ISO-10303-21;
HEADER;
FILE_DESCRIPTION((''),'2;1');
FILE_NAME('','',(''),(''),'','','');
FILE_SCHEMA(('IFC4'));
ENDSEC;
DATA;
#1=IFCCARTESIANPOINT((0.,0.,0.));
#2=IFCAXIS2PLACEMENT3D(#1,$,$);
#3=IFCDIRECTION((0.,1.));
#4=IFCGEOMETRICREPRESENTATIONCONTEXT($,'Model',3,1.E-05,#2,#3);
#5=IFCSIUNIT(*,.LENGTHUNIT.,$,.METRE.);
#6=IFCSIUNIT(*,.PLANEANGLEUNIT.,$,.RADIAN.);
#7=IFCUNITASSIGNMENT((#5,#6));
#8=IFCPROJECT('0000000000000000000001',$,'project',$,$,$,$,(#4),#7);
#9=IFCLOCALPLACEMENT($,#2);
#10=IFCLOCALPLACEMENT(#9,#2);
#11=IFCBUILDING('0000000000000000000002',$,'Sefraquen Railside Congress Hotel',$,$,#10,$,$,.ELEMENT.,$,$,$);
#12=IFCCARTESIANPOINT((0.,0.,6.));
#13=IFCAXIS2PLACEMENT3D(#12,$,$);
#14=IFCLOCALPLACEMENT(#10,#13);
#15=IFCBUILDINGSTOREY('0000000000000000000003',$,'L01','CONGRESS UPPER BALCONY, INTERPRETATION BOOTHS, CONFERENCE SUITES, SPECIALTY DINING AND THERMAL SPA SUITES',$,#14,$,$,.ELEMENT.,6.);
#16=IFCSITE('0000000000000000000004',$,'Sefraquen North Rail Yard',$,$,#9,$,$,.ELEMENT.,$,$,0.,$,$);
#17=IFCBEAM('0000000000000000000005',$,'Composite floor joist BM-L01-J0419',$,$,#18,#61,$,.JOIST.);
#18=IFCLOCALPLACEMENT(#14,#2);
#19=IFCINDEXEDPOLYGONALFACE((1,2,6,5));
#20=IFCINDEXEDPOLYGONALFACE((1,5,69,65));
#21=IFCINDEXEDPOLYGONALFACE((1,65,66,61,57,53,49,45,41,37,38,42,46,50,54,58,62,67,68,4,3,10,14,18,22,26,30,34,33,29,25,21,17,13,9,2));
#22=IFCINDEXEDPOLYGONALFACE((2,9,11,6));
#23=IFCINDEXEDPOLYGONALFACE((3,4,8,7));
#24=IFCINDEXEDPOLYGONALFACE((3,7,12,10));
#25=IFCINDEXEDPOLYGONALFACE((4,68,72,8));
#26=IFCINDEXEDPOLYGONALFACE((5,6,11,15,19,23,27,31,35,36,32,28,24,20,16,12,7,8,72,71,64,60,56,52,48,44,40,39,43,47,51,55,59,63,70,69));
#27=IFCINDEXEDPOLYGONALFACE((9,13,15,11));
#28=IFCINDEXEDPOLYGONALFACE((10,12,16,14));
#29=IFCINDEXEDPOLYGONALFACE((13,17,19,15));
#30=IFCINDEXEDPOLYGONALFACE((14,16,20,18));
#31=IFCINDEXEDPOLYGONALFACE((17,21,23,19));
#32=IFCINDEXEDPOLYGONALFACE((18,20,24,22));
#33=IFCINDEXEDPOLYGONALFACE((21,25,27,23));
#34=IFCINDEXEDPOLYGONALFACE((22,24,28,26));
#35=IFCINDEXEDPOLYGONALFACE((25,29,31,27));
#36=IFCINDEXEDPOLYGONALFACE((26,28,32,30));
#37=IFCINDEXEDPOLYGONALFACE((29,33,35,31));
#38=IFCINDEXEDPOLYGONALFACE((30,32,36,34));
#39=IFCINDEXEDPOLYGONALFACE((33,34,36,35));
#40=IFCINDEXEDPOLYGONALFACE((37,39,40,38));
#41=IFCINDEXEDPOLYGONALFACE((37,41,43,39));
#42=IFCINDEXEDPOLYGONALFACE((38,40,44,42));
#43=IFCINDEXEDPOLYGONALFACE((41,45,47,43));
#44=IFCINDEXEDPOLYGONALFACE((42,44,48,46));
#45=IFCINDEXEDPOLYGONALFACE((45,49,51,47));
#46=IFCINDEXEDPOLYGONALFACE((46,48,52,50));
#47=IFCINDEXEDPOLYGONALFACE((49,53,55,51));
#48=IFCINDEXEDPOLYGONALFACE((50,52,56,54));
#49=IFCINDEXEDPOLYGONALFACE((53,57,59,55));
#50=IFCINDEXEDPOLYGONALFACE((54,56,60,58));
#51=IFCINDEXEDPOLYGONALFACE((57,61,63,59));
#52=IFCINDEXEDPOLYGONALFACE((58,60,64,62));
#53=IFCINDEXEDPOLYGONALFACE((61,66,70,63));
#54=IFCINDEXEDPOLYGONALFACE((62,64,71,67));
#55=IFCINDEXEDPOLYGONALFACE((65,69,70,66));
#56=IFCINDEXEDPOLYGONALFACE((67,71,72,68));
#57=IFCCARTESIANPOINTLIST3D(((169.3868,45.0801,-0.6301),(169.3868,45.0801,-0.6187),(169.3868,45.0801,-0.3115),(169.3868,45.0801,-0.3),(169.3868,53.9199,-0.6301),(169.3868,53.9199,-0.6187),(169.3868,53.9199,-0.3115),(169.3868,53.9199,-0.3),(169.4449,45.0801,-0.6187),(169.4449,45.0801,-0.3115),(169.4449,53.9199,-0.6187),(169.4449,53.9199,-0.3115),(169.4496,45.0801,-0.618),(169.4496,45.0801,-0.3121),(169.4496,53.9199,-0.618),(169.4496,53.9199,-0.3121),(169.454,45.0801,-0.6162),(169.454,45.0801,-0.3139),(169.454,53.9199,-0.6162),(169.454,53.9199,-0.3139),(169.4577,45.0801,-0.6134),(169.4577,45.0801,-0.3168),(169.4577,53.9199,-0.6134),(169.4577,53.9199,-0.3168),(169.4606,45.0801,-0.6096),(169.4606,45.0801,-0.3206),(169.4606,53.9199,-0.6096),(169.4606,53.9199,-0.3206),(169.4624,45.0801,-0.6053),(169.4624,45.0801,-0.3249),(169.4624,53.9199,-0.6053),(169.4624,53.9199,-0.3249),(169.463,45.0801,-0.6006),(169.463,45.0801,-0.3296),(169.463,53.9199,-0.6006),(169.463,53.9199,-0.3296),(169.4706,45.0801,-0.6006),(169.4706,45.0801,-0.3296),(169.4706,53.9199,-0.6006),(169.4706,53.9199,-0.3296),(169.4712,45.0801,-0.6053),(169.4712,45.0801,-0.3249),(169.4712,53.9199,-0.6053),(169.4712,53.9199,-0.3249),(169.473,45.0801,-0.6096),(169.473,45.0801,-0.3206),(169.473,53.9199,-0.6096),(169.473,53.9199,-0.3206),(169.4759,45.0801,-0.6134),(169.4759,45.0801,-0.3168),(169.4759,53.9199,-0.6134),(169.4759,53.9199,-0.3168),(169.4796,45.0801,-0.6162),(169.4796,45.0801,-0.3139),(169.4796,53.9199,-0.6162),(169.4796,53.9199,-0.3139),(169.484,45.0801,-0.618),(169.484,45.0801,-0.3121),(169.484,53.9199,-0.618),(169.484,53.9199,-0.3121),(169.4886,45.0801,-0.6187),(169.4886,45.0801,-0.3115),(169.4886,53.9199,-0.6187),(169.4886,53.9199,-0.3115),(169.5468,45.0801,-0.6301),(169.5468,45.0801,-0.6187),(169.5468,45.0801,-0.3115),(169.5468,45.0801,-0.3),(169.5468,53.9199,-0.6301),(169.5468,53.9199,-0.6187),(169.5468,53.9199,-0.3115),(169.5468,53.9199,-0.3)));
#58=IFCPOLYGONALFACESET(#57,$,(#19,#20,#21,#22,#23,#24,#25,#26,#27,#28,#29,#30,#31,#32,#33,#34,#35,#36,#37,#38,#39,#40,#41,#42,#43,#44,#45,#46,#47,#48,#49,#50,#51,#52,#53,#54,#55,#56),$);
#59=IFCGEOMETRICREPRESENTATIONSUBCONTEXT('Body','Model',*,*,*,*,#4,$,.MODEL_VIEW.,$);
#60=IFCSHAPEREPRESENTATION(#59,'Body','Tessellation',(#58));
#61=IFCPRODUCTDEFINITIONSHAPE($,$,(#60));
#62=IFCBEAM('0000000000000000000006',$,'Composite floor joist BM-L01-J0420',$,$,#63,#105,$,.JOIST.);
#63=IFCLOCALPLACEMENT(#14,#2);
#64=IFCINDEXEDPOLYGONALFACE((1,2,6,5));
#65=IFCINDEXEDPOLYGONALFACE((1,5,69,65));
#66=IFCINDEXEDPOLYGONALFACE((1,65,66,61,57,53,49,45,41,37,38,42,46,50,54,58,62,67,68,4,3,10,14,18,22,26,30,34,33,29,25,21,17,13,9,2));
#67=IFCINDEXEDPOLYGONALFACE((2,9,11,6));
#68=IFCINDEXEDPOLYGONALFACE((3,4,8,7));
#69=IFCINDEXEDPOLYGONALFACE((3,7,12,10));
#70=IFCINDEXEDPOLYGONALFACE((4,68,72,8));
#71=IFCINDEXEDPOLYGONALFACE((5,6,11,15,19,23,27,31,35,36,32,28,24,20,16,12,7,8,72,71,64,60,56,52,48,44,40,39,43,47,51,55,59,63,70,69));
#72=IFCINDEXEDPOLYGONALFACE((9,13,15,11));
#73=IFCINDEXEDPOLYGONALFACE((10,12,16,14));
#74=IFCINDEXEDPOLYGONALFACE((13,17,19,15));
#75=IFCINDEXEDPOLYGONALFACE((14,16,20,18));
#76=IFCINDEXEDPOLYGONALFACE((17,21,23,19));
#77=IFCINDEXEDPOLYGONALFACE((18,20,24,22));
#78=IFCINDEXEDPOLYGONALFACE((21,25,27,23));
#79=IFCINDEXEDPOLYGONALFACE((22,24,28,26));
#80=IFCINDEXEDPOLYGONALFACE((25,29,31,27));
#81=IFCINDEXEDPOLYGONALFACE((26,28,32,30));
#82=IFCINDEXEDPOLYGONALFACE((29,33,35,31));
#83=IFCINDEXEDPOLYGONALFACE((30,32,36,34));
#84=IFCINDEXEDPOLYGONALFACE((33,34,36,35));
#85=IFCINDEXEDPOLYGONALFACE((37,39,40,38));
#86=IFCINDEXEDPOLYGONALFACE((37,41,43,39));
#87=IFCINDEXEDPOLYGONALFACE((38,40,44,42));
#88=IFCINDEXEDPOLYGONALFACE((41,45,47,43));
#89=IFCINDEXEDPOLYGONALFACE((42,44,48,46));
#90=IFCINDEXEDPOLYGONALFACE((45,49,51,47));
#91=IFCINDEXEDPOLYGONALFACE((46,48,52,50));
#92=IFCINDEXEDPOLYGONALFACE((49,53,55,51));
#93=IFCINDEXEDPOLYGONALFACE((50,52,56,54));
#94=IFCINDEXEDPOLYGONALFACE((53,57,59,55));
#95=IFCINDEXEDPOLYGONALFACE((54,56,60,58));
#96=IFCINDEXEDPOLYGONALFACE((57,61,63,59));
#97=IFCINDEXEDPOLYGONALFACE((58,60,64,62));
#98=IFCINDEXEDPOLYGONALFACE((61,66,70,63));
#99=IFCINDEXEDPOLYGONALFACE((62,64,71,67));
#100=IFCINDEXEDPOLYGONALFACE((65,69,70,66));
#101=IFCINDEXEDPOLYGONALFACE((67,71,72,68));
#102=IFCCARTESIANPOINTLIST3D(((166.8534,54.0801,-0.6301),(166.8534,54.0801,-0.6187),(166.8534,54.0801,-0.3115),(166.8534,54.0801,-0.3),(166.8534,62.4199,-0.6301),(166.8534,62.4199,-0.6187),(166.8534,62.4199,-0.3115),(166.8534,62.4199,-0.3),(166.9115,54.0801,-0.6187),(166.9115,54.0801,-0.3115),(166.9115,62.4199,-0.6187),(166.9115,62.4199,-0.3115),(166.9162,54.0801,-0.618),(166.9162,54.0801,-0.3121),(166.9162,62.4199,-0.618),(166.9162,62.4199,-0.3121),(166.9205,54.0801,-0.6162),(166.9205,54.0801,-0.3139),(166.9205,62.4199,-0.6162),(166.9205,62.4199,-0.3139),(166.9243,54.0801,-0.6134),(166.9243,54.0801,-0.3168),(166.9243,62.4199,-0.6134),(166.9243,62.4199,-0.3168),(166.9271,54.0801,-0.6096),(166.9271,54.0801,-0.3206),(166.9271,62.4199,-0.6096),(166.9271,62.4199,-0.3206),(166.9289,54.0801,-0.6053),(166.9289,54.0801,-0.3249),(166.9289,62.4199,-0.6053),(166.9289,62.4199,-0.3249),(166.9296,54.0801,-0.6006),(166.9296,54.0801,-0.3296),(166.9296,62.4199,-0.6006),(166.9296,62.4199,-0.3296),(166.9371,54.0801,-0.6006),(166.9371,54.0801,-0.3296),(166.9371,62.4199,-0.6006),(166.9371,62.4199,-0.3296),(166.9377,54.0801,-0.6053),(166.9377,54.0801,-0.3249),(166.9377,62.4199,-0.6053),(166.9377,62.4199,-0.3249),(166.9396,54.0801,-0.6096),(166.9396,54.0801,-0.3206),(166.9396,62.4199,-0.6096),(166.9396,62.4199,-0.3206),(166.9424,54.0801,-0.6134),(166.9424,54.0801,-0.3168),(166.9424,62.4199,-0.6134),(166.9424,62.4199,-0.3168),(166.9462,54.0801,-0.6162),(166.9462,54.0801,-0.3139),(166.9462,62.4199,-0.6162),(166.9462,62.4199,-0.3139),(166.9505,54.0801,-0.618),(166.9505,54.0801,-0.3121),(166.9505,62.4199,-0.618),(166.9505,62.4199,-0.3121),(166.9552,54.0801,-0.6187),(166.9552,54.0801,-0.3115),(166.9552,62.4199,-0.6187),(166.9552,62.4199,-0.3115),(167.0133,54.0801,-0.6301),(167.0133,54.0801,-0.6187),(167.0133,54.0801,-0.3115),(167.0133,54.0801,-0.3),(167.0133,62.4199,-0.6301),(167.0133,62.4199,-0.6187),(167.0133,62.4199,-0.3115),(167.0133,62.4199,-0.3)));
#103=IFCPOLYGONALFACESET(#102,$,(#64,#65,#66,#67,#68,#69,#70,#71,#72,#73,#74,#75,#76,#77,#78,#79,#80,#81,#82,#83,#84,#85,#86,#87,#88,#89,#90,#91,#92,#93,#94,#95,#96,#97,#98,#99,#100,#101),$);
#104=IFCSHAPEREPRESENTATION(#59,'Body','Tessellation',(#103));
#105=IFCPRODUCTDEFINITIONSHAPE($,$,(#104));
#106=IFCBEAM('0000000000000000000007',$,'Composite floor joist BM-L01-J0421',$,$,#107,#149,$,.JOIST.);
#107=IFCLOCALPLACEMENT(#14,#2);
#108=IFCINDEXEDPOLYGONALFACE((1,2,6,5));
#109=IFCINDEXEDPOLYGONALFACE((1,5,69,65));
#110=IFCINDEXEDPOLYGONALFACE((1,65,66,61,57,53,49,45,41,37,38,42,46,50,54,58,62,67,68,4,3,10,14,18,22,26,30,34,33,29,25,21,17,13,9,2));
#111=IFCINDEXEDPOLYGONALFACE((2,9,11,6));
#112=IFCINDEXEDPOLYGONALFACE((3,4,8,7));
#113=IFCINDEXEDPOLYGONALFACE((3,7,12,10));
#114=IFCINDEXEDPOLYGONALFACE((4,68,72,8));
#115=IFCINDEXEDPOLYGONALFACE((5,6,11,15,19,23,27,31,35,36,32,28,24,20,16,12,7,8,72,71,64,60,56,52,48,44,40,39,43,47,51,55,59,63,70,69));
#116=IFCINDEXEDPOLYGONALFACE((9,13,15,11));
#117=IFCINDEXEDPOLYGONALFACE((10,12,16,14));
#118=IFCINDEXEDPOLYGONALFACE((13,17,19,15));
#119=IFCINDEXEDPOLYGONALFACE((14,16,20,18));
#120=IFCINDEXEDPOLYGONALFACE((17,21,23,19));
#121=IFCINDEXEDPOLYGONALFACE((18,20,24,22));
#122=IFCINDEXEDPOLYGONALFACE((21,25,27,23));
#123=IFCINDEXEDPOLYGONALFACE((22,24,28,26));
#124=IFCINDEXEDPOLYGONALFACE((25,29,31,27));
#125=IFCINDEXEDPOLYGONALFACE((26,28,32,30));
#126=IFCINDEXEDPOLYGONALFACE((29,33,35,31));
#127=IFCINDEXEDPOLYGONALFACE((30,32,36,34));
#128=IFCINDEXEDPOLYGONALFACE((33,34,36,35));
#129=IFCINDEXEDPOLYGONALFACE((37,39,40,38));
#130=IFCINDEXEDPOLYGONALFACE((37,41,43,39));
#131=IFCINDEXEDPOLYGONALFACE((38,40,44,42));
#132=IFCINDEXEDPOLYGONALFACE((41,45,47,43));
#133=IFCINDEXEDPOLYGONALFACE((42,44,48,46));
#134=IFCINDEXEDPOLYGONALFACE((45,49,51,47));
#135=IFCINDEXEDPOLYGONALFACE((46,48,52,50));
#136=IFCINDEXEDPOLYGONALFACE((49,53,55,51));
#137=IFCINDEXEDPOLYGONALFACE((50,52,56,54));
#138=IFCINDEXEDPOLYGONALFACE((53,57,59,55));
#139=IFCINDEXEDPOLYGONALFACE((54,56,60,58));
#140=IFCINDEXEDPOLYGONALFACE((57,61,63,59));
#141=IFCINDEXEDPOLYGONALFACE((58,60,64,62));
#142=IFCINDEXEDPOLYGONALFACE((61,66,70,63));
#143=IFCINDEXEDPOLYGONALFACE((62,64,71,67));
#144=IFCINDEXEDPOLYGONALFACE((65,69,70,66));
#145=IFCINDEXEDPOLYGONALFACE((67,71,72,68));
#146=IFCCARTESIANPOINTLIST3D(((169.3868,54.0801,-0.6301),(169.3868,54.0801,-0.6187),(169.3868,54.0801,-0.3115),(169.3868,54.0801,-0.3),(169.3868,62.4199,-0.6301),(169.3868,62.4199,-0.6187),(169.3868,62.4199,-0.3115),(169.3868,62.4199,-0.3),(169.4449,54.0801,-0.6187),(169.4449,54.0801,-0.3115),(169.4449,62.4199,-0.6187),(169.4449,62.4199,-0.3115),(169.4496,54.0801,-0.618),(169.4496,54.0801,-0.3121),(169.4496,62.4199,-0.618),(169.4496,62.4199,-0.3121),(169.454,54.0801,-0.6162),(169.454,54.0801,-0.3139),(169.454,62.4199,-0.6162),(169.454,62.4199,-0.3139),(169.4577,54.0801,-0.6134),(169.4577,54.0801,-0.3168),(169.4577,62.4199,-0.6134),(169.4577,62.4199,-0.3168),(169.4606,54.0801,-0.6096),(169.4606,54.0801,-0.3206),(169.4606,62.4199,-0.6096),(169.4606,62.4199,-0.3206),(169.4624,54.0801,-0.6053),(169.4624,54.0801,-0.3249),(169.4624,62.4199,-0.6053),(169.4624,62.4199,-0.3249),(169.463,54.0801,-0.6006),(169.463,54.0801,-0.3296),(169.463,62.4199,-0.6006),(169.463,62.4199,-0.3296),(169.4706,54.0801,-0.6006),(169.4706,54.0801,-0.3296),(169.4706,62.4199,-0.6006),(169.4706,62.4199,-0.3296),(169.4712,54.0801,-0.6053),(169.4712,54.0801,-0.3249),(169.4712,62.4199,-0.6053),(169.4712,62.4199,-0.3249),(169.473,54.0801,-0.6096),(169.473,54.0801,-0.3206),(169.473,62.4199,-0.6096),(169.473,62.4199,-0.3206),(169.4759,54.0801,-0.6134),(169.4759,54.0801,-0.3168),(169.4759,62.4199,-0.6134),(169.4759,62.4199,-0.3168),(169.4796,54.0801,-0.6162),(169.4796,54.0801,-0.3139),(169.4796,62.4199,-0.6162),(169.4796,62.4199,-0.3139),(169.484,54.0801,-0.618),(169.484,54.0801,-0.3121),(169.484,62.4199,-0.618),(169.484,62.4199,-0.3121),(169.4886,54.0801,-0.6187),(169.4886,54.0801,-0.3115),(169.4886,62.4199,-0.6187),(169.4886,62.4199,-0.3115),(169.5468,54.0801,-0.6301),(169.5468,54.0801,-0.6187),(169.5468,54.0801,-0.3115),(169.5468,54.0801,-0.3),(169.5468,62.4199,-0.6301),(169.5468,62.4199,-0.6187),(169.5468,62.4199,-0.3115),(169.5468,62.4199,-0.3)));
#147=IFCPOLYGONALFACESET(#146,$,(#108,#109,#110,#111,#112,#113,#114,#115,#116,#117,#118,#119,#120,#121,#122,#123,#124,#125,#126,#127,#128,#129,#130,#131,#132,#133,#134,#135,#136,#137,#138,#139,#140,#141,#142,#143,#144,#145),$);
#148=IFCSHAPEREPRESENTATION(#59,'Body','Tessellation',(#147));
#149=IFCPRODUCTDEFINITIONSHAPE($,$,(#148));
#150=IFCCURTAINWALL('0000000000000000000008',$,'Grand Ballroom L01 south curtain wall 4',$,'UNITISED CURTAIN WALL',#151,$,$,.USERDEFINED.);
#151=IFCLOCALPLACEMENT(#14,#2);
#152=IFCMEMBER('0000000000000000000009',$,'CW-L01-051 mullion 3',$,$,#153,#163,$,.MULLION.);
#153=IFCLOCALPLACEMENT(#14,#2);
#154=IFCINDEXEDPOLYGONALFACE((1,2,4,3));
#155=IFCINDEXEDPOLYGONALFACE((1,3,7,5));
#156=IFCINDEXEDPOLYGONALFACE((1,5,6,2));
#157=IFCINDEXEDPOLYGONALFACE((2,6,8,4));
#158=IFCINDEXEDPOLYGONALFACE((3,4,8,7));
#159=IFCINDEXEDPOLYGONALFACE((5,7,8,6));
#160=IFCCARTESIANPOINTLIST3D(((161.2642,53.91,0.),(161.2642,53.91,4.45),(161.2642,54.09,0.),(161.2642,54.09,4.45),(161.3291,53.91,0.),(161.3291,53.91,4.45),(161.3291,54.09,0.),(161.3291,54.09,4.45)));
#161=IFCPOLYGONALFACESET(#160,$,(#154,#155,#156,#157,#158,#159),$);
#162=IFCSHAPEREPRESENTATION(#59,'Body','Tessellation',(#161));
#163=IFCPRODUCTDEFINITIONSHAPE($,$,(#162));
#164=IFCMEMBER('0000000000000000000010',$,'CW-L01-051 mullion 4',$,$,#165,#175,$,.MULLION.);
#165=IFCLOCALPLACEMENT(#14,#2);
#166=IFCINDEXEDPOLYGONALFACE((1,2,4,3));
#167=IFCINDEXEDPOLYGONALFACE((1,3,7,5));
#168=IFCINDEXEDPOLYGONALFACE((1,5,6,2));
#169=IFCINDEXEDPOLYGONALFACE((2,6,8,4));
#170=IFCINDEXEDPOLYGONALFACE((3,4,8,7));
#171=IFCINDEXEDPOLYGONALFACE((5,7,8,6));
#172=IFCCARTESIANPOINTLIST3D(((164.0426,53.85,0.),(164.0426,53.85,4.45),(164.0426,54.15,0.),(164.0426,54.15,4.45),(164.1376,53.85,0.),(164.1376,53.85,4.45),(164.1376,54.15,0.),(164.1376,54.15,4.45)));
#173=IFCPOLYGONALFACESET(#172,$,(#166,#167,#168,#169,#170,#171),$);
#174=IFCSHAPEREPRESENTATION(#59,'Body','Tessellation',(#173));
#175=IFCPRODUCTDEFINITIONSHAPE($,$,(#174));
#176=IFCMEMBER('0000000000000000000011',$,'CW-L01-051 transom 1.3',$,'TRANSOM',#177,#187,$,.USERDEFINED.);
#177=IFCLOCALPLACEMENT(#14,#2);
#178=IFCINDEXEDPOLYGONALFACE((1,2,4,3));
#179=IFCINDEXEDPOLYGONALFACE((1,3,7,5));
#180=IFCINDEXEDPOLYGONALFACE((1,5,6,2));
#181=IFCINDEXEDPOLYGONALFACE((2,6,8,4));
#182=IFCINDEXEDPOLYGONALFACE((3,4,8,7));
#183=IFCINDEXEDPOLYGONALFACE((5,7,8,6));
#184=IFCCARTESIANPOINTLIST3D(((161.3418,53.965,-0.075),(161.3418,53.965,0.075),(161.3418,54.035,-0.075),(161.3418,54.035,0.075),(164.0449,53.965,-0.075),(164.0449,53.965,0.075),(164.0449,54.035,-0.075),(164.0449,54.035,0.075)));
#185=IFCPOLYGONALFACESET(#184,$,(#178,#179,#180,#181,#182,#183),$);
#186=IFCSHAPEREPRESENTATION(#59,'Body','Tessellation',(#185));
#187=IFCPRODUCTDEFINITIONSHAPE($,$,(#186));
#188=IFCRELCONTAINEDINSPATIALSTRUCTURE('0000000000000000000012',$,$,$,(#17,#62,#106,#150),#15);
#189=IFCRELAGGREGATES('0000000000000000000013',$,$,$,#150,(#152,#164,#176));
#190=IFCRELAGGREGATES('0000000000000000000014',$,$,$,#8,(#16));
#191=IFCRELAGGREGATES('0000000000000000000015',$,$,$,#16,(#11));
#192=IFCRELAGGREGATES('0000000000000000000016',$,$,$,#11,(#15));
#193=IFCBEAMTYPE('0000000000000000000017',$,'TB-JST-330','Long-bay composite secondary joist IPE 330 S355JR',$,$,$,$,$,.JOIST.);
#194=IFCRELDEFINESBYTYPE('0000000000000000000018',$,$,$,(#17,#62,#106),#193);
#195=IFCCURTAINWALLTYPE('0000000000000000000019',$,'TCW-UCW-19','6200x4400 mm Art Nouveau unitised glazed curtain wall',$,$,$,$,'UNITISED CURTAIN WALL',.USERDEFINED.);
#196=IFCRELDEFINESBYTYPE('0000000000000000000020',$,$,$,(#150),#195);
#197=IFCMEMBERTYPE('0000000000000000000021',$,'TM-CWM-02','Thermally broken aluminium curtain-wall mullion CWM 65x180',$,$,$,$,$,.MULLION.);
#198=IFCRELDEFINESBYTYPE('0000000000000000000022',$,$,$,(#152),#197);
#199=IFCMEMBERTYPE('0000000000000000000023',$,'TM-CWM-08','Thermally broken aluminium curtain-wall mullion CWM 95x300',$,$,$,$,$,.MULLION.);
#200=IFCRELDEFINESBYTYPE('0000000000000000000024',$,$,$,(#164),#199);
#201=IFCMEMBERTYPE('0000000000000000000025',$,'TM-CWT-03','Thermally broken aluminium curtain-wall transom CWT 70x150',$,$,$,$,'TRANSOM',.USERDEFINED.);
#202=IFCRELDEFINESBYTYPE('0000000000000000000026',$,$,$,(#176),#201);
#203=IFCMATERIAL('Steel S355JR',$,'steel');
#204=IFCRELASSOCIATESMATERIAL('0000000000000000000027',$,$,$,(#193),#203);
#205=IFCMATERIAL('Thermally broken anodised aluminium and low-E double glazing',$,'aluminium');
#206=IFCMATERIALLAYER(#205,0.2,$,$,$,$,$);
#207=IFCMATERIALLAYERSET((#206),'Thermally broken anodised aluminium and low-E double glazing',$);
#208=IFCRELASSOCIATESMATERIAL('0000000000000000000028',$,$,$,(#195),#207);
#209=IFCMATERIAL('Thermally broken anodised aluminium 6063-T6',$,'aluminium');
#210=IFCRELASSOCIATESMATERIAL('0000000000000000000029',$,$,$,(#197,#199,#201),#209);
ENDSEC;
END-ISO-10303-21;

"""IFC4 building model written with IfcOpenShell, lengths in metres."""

from ifc_helpers import new_model, si_unit, direction, frame, origin, origin_2d, place, context, subcontext, project, spatial, rectangle, i_section, extrude, material, layer, layer_set, material_profile, profile_set, type_object, element, aggregate, save


model = new_model("IFC4")

# Units and contexts
model_context = context("Model", 3, precision=1e-05, world=origin(), true_north=direction((0.0, 1.0)))
body_context = subcontext(model_context, "Body", "Model", "MODEL_VIEW")
ifc_project = project(units=[si_unit("LENGTHUNIT", "METRE"), si_unit("PLANEANGLEUNIT", "RADIAN")], contexts=[model_context])

# Site, building, storey
site_placement = place(None, origin())
site = spatial("IfcSite", under=ifc_project, at=site_placement, Name="Sefraquen North Rail Yard", CompositionType="ELEMENT", RefElevation=0.0)
building_placement = place(site_placement, origin())
building = spatial("IfcBuilding", under=site, at=building_placement, Name="Sefraquen Railside Congress Hotel", CompositionType="ELEMENT")
storey_placement = place(building_placement, frame((0.0, 0.0, 6.0)))
storey = spatial("IfcBuildingStorey", under=building, at=storey_placement, Name="L01", Description="CONGRESS UPPER BALCONY, INTERPRETATION BOOTHS, CONFERENCE SUITES, SPECIALTY DINING AND THERMAL SPA SUITES", CompositionType="ELEMENT", Elevation=6.0)

# Shared definitions
ifc_material_1 = material(Name="Steel S355JR", Category="steel")

# Beams
ifc_material_profile_1 = material_profile(ifc_material_1, i_section(OverallWidth=0.1599, OverallDepth=0.3301, WebThickness=0.0076, FlangeThickness=0.0115, FilletRadius=0.0181, at=origin_2d()), Name="IPE 330")
ifc_profile_set_1 = profile_set([ifc_material_profile_1], Name="Steel S355JR")
beam_type_1 = type_object("IfcBeamType", Name="TB-JST-330", Description="Long-bay composite secondary joist IPE 330 S355JR", PredefinedType="JOIST", material=ifc_profile_set_1)
for number, where, z_axis, x_axis, name in (
    (1, (169.4668, 45.0801, -0.4651), (0.0, 1.0, 0.0), (-1.0, 0.0, 0.0), "Composite floor joist BM-L01-J0419"),
):
    element("IfcBeam", number, at=place(storey_placement, frame(where, z_axis=z_axis, x_axis=x_axis)), inside=storey, type_object=beam_type_1, Name=name, PredefinedType="JOIST", context=body_context, shape_type="SweptSolid", body=[
        extrude(i_section(OverallWidth=0.1599, OverallDepth=0.3301, WebThickness=0.0076, FlangeThickness=0.0115, FilletRadius=0.0181, at=origin_2d()), origin(), (0.0, 0.0, 1.0), 8.8398),
    ])
for number, where, z_axis, x_axis, name in (
    (2, (166.9333, 54.0801, -0.4651), (0.0, 1.0, 0.0), (-1.0, 0.0, 0.0), "Composite floor joist BM-L01-J0420"),
    (3, (169.4668, 54.0801, -0.4651), (0.0, 1.0, 0.0), (-1.0, 0.0, 0.0), "Composite floor joist BM-L01-J0421"),
):
    element("IfcBeam", number, at=place(storey_placement, frame(where, z_axis=z_axis, x_axis=x_axis)), inside=storey, type_object=beam_type_1, Name=name, PredefinedType="JOIST", context=body_context, shape_type="SweptSolid", body=[
        extrude(i_section(OverallWidth=0.1599, OverallDepth=0.3301, WebThickness=0.0076, FlangeThickness=0.0115, FilletRadius=0.0181, at=origin_2d()), origin(), (0.0, 0.0, 1.0), 8.3398),
    ])

# Curtain wall, members
ifc_material_2 = material(Name="Thermally broken anodised aluminium and low-E double glazing", Category="aluminium")
ifc_layer_1 = layer(ifc_material_2, 0.2)
ifc_layer_set_1 = layer_set([ifc_layer_1], Name="Thermally broken anodised aluminium and low-E double glazing")
curtain_wall_type = type_object("IfcCurtainWallType", Name="TCW-UCW-19", Description="6200x4400 mm Art Nouveau unitised glazed curtain wall", ElementType="UNITISED CURTAIN WALL", PredefinedType="USERDEFINED", material=ifc_layer_set_1)
curtain_wall_placement = place(storey_placement, origin())
curtain_wall = element("IfcCurtainWall", 4, at=curtain_wall_placement, inside=storey, type_object=curtain_wall_type, Name="Grand Ballroom L01 south curtain wall 4", ObjectType="UNITISED CURTAIN WALL", PredefinedType="USERDEFINED")
ifc_material_3 = material(Name="Thermally broken anodised aluminium 6063-T6", Category="aluminium")
ifc_material_profile_2 = material_profile(ifc_material_3, rectangle(XDim=0.0649, YDim=0.1799, at=origin_2d()), Name="CWM 65x180")
ifc_profile_set_2 = profile_set([ifc_material_profile_2], Name="Thermally broken anodised aluminium 6063-T6")
member_type_1 = type_object("IfcMemberType", Name="TM-CWM-02", Description="Thermally broken aluminium curtain-wall mullion CWM 65x180", PredefinedType="MULLION", material=ifc_profile_set_2)
member_1_placement = place(storey_placement, frame((161.2966, 54.0, 0.0), z_axis=(0.0, 0.0, 1.0), x_axis=(1.0, 0.0, 0.0)))
member_1 = element("IfcMember", 5, at=member_1_placement, type_object=member_type_1, Name="CW-L01-051 mullion 3", PredefinedType="MULLION", context=body_context, shape_type="SweptSolid", body=[
    extrude(rectangle(XDim=0.0649, YDim=0.1799, at=origin_2d()), origin(), (0.0, 0.0, 1.0), 4.45),
])
ifc_material_profile_3 = material_profile(ifc_material_3, rectangle(XDim=0.095, YDim=0.3, at=origin_2d()), Name="CWM 95x300")
ifc_profile_set_3 = profile_set([ifc_material_profile_3], Name="Thermally broken anodised aluminium 6063-T6")
member_type_2 = type_object("IfcMemberType", Name="TM-CWM-08", Description="Thermally broken aluminium curtain-wall mullion CWM 95x300", PredefinedType="MULLION", material=ifc_profile_set_3)
member_2_placement = place(storey_placement, frame((164.0901, 54.0, 0.0), z_axis=(0.0, 0.0, 1.0), x_axis=(1.0, 0.0, 0.0)))
member_2 = element("IfcMember", 6, at=member_2_placement, type_object=member_type_2, Name="CW-L01-051 mullion 4", PredefinedType="MULLION", context=body_context, shape_type="SweptSolid", body=[
    extrude(rectangle(XDim=0.095, YDim=0.3, at=origin_2d()), origin(), (0.0, 0.0, 1.0), 4.45),
])
ifc_material_profile_4 = material_profile(ifc_material_3, rectangle(XDim=0.0701, YDim=0.1499, at=origin_2d()), Name="CWT 70x150")
ifc_profile_set_4 = profile_set([ifc_material_profile_4], Name="Thermally broken anodised aluminium 6063-T6")
member_type_3 = type_object("IfcMemberType", Name="TM-CWT-03", Description="Thermally broken aluminium curtain-wall transom CWT 70x150", ElementType="TRANSOM", PredefinedType="USERDEFINED", material=ifc_profile_set_4)
member_3_placement = place(storey_placement, frame((161.3418, 54.0, 0.0), z_axis=(1.0, 0.0, 0.0), x_axis=(0.0, 1.0, 0.0)))
member_3 = element("IfcMember", 7, at=member_3_placement, type_object=member_type_3, Name="CW-L01-051 transom 1.3", ObjectType="TRANSOM", PredefinedType="USERDEFINED", context=body_context, shape_type="SweptSolid", body=[
    extrude(rectangle(XDim=0.0701, YDim=0.1499, at=origin_2d()), origin(), (0.0, 0.0, 1.0), 2.7031),
])
aggregate(curtain_wall, [member_1, member_2, member_3])

save(model, "model.ifc")
